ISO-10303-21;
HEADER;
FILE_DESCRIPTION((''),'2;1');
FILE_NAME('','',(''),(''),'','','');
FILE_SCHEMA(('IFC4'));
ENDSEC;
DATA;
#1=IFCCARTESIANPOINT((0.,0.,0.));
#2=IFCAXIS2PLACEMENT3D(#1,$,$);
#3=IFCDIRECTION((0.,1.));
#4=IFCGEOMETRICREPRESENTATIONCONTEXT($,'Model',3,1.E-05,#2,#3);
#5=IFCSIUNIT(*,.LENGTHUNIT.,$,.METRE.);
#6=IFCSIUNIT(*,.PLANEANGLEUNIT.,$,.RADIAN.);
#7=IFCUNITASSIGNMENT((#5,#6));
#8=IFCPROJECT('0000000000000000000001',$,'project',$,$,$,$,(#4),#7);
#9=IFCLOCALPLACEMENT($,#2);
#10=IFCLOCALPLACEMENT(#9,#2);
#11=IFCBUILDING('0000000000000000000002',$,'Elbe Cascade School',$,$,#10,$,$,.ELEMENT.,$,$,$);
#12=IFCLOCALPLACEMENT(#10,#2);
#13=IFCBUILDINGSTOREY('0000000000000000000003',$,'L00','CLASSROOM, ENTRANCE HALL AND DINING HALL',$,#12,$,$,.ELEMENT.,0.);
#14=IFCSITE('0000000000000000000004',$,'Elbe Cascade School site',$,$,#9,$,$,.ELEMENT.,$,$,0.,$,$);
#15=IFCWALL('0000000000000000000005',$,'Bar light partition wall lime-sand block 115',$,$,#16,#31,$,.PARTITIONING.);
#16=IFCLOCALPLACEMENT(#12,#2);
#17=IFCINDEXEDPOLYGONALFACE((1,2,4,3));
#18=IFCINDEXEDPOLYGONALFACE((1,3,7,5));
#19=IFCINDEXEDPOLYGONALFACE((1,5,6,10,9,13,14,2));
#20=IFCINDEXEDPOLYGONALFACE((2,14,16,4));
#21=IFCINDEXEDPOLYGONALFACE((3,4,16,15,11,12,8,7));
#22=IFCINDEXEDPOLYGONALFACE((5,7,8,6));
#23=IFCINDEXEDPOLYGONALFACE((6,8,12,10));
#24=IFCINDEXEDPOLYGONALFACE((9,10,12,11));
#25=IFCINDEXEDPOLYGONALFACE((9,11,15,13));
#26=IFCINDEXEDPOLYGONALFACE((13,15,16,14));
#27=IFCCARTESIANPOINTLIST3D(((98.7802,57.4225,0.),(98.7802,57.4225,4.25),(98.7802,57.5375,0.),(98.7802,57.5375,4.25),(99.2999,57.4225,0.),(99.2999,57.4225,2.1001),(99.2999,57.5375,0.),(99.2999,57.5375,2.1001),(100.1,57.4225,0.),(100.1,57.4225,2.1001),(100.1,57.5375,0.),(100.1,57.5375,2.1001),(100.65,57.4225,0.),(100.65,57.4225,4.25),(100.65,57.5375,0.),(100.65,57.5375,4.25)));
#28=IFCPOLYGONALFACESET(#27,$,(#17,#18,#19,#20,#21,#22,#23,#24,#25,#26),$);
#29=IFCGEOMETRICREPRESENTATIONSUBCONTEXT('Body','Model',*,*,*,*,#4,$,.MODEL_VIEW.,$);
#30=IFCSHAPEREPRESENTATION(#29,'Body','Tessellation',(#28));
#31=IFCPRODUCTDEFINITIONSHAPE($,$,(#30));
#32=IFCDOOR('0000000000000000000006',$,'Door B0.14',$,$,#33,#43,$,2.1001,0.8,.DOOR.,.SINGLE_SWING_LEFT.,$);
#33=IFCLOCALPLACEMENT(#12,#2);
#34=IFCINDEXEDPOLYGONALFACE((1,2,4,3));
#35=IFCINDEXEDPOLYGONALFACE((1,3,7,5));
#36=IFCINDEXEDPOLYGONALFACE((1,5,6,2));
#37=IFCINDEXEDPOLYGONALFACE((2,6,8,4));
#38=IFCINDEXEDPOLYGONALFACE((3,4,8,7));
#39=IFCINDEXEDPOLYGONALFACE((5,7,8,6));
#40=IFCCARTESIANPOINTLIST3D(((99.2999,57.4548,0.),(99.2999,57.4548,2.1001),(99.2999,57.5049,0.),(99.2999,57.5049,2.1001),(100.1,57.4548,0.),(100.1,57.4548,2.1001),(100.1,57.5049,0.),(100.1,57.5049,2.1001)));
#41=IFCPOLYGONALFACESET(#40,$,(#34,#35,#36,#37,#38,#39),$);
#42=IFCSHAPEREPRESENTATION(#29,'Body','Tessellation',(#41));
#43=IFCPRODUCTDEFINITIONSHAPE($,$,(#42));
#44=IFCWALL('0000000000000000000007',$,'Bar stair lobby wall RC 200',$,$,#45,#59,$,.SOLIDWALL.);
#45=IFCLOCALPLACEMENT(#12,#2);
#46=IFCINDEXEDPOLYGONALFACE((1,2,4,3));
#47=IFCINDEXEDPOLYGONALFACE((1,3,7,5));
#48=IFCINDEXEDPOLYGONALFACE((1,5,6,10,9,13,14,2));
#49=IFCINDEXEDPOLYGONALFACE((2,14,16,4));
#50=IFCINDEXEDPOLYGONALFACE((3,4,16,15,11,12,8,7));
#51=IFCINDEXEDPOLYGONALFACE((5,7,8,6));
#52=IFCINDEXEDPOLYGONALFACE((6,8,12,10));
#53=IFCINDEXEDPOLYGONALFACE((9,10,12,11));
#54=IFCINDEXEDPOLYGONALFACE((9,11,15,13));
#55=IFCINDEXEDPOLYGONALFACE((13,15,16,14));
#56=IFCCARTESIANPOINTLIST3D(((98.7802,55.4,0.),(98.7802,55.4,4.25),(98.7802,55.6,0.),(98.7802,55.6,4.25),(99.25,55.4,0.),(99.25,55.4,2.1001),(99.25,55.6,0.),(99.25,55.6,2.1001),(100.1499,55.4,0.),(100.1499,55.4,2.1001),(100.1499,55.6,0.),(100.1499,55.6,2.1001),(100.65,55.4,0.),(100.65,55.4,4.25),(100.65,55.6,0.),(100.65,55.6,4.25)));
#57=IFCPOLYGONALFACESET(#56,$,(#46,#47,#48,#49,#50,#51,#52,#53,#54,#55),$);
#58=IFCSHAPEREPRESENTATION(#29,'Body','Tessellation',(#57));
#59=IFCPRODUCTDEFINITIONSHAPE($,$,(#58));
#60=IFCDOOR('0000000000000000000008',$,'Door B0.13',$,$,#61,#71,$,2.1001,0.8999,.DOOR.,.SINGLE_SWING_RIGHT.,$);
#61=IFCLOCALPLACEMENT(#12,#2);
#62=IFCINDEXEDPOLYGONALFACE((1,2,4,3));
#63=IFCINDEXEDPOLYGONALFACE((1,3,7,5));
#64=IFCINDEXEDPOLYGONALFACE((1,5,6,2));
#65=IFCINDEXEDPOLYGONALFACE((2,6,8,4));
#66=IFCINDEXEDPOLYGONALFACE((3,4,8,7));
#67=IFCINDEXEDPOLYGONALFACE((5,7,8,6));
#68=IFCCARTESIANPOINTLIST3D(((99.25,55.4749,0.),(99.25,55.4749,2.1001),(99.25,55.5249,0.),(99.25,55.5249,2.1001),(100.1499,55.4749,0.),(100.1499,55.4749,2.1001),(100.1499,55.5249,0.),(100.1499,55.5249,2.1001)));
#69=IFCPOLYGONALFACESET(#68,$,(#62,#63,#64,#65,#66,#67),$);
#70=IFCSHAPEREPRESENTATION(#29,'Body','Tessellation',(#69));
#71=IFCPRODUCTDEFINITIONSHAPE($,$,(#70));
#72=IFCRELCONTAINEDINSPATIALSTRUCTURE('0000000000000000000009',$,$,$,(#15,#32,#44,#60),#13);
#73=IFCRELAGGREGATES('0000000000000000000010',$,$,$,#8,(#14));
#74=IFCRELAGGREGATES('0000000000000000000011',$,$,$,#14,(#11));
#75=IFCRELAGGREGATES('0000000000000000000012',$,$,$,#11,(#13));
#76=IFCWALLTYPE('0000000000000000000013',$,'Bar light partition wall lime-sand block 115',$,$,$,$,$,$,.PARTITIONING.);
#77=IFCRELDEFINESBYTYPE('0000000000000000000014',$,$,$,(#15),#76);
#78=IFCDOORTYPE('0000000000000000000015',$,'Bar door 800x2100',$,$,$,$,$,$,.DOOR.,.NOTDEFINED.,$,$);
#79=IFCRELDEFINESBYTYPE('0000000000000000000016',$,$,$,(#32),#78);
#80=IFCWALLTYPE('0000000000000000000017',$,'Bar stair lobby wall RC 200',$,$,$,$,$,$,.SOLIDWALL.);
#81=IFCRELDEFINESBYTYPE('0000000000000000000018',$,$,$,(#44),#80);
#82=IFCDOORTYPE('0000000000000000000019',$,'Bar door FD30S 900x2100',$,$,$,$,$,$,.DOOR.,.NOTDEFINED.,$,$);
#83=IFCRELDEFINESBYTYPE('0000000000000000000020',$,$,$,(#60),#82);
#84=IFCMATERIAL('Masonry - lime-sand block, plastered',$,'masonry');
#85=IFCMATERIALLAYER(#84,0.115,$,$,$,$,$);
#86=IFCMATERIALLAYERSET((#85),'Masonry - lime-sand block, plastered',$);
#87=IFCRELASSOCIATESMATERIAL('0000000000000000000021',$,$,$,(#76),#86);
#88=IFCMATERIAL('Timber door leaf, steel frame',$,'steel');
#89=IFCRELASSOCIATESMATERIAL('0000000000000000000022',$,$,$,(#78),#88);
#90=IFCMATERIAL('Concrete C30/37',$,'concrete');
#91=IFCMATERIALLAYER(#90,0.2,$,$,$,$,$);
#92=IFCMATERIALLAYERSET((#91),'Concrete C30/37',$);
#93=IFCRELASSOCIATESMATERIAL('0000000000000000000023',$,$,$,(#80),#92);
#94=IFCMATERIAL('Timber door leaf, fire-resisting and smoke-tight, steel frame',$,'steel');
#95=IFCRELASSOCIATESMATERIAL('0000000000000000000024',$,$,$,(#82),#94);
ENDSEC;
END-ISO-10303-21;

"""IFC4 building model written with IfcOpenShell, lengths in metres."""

from ifc_helpers import new_model, si_unit, direction, frame, frame_2d, origin, place, context, subcontext, project, spatial, rectangle, extrude, material, layer, layer_set, type_object, element, fill, save


model = new_model("IFC4")

# Units and contexts
model_context = context("Model", 3, precision=1e-05, world=origin(), true_north=direction((0.0, 1.0)))
body_context = subcontext(model_context, "Body", "Model", "MODEL_VIEW")
ifc_project = project(units=[si_unit("LENGTHUNIT", "METRE"), si_unit("PLANEANGLEUNIT", "RADIAN")], contexts=[model_context])

# Site, building, storey
site_placement = place(None, origin())
site = spatial("IfcSite", under=ifc_project, at=site_placement, Name="Elbe Cascade School site", CompositionType="ELEMENT", RefElevation=0.0)
building_placement = place(site_placement, origin())
building = spatial("IfcBuilding", under=site, at=building_placement, Name="Elbe Cascade School", CompositionType="ELEMENT")
storey_placement = place(building_placement, origin())
storey = spatial("IfcBuildingStorey", under=building, at=storey_placement, Name="L00", Description="CLASSROOM, ENTRANCE HALL AND DINING HALL", CompositionType="ELEMENT", Elevation=0.0)

# Walls, openings, doors
ifc_material_1 = material(Name="Masonry - lime-sand block, plastered", Category="masonry")
ifc_layer_1 = layer(ifc_material_1, 0.115)
ifc_layer_set_1 = layer_set([ifc_layer_1], Name="Masonry - lime-sand block, plastered")
wall_type_1 = type_object("IfcWallType", Name="Bar light partition wall lime-sand block 115", PredefinedType="PARTITIONING", material=ifc_layer_set_1)
wall_1_placement = place(storey_placement, frame((98.78, 57.48, 0.0), z_axis=(0.0, 0.0, 1.0), x_axis=(1.0, 0.0, 0.0)))
wall_1 = element("IfcWall", 1, at=wall_1_placement, inside=storey, type_object=wall_type_1, Name="Bar light partition wall lime-sand block 115", PredefinedType="PARTITIONING", context=body_context, shape_type="SweptSolid", body=[
    extrude(rectangle(XDim=1.8699, YDim=0.115, at=frame_2d((0.9351, 0.0))), origin(), (0.0, 0.0, 1.0), 4.25),
])
opening_1_placement = place(wall_1_placement, frame((0.52, 0.0, 0.0)))
opening_1 = element("IfcOpeningElement", 2, at=opening_1_placement, cuts=wall_1, PredefinedType="OPENING", context=body_context, shape_type="SweptSolid", body=[
    extrude(rectangle(XDim=0.8, YDim=2.1001, at=frame_2d((0.3999, 1.05))), frame((0.0, 0.0674, 0.0), z_axis=(0.0, -1.0, 0.0), x_axis=(1.0, 0.0, 0.0)), (0.0, 0.0, 1.0), 0.135),
])
ifc_material_2 = material(Name="Timber door leaf, steel frame", Category="steel")
door_type_1 = type_object("IfcDoorType", Name="Bar door 800x2100", OperationType="NOTDEFINED", PredefinedType="DOOR", material=ifc_material_2)
door_1_placement = place(opening_1_placement, origin())
door_1 = element("IfcDoor", 3, at=door_1_placement, inside=storey, type_object=door_type_1, Name="Door B0.14", OperationType="SINGLE_SWING_LEFT", OverallHeight=2.1001, OverallWidth=0.8, PredefinedType="DOOR", context=body_context, shape_type="SweptSolid", body=[
    extrude(rectangle(XDim=0.8, YDim=2.1001, at=frame_2d((0.3999, 1.05))), frame((0.0, 0.0249, 0.0), z_axis=(0.0, -1.0, 0.0), x_axis=(1.0, 0.0, 0.0)), (0.0, 0.0, 1.0), 0.05),
])
fill(opening_1, door_1)
ifc_material_3 = material(Name="Concrete C30/37", Category="concrete")
ifc_layer_2 = layer(ifc_material_3, 0.2)
ifc_layer_set_2 = layer_set([ifc_layer_2], Name="Concrete C30/37")
wall_type_2 = type_object("IfcWallType", Name="Bar stair lobby wall RC 200", PredefinedType="SOLIDWALL", material=ifc_layer_set_2)
wall_2_placement = place(storey_placement, frame((98.78, 55.5, 0.0), z_axis=(0.0, 0.0, 1.0), x_axis=(1.0, 0.0, 0.0)))
wall_2 = element("IfcWall", 4, at=wall_2_placement, inside=storey, type_object=wall_type_2, Name="Bar stair lobby wall RC 200", PredefinedType="SOLIDWALL", context=body_context, shape_type="SweptSolid", body=[
    extrude(rectangle(XDim=1.8699, YDim=0.2, at=frame_2d((0.9351, 0.0))), origin(), (0.0, 0.0, 1.0), 4.25),
])
opening_2_placement = place(wall_2_placement, frame((0.47, 0.0, 0.0)))
opening_2 = element("IfcOpeningElement", 5, at=opening_2_placement, cuts=wall_2, PredefinedType="OPENING", context=body_context, shape_type="SweptSolid", body=[
    extrude(rectangle(XDim=0.8999, YDim=2.1001, at=frame_2d((0.45, 1.05))), frame((0.0, 0.1099, 0.0), z_axis=(0.0, -1.0, 0.0), x_axis=(1.0, 0.0, 0.0)), (0.0, 0.0, 1.0), 0.22),
])
ifc_material_4 = material(Name="Timber door leaf, fire-resisting and smoke-tight, steel frame", Category="steel")
door_type_2 = type_object("IfcDoorType", Name="Bar door FD30S 900x2100", OperationType="NOTDEFINED", PredefinedType="DOOR", material=ifc_material_4)
door_2_placement = place(opening_2_placement, origin())
door_2 = element("IfcDoor", 6, at=door_2_placement, inside=storey, type_object=door_type_2, Name="Door B0.13", OperationType="SINGLE_SWING_RIGHT", OverallHeight=2.1001, OverallWidth=0.8999, PredefinedType="DOOR", context=body_context, shape_type="SweptSolid", body=[
    extrude(rectangle(XDim=0.8999, YDim=2.1001, at=frame_2d((0.45, 1.05))), frame((0.0, 0.0249, 0.0), z_axis=(0.0, -1.0, 0.0), x_axis=(1.0, 0.0, 0.0)), (0.0, 0.0, 1.0), 0.05),
])
fill(opening_2, door_2)

save(model, "model.ifc")
